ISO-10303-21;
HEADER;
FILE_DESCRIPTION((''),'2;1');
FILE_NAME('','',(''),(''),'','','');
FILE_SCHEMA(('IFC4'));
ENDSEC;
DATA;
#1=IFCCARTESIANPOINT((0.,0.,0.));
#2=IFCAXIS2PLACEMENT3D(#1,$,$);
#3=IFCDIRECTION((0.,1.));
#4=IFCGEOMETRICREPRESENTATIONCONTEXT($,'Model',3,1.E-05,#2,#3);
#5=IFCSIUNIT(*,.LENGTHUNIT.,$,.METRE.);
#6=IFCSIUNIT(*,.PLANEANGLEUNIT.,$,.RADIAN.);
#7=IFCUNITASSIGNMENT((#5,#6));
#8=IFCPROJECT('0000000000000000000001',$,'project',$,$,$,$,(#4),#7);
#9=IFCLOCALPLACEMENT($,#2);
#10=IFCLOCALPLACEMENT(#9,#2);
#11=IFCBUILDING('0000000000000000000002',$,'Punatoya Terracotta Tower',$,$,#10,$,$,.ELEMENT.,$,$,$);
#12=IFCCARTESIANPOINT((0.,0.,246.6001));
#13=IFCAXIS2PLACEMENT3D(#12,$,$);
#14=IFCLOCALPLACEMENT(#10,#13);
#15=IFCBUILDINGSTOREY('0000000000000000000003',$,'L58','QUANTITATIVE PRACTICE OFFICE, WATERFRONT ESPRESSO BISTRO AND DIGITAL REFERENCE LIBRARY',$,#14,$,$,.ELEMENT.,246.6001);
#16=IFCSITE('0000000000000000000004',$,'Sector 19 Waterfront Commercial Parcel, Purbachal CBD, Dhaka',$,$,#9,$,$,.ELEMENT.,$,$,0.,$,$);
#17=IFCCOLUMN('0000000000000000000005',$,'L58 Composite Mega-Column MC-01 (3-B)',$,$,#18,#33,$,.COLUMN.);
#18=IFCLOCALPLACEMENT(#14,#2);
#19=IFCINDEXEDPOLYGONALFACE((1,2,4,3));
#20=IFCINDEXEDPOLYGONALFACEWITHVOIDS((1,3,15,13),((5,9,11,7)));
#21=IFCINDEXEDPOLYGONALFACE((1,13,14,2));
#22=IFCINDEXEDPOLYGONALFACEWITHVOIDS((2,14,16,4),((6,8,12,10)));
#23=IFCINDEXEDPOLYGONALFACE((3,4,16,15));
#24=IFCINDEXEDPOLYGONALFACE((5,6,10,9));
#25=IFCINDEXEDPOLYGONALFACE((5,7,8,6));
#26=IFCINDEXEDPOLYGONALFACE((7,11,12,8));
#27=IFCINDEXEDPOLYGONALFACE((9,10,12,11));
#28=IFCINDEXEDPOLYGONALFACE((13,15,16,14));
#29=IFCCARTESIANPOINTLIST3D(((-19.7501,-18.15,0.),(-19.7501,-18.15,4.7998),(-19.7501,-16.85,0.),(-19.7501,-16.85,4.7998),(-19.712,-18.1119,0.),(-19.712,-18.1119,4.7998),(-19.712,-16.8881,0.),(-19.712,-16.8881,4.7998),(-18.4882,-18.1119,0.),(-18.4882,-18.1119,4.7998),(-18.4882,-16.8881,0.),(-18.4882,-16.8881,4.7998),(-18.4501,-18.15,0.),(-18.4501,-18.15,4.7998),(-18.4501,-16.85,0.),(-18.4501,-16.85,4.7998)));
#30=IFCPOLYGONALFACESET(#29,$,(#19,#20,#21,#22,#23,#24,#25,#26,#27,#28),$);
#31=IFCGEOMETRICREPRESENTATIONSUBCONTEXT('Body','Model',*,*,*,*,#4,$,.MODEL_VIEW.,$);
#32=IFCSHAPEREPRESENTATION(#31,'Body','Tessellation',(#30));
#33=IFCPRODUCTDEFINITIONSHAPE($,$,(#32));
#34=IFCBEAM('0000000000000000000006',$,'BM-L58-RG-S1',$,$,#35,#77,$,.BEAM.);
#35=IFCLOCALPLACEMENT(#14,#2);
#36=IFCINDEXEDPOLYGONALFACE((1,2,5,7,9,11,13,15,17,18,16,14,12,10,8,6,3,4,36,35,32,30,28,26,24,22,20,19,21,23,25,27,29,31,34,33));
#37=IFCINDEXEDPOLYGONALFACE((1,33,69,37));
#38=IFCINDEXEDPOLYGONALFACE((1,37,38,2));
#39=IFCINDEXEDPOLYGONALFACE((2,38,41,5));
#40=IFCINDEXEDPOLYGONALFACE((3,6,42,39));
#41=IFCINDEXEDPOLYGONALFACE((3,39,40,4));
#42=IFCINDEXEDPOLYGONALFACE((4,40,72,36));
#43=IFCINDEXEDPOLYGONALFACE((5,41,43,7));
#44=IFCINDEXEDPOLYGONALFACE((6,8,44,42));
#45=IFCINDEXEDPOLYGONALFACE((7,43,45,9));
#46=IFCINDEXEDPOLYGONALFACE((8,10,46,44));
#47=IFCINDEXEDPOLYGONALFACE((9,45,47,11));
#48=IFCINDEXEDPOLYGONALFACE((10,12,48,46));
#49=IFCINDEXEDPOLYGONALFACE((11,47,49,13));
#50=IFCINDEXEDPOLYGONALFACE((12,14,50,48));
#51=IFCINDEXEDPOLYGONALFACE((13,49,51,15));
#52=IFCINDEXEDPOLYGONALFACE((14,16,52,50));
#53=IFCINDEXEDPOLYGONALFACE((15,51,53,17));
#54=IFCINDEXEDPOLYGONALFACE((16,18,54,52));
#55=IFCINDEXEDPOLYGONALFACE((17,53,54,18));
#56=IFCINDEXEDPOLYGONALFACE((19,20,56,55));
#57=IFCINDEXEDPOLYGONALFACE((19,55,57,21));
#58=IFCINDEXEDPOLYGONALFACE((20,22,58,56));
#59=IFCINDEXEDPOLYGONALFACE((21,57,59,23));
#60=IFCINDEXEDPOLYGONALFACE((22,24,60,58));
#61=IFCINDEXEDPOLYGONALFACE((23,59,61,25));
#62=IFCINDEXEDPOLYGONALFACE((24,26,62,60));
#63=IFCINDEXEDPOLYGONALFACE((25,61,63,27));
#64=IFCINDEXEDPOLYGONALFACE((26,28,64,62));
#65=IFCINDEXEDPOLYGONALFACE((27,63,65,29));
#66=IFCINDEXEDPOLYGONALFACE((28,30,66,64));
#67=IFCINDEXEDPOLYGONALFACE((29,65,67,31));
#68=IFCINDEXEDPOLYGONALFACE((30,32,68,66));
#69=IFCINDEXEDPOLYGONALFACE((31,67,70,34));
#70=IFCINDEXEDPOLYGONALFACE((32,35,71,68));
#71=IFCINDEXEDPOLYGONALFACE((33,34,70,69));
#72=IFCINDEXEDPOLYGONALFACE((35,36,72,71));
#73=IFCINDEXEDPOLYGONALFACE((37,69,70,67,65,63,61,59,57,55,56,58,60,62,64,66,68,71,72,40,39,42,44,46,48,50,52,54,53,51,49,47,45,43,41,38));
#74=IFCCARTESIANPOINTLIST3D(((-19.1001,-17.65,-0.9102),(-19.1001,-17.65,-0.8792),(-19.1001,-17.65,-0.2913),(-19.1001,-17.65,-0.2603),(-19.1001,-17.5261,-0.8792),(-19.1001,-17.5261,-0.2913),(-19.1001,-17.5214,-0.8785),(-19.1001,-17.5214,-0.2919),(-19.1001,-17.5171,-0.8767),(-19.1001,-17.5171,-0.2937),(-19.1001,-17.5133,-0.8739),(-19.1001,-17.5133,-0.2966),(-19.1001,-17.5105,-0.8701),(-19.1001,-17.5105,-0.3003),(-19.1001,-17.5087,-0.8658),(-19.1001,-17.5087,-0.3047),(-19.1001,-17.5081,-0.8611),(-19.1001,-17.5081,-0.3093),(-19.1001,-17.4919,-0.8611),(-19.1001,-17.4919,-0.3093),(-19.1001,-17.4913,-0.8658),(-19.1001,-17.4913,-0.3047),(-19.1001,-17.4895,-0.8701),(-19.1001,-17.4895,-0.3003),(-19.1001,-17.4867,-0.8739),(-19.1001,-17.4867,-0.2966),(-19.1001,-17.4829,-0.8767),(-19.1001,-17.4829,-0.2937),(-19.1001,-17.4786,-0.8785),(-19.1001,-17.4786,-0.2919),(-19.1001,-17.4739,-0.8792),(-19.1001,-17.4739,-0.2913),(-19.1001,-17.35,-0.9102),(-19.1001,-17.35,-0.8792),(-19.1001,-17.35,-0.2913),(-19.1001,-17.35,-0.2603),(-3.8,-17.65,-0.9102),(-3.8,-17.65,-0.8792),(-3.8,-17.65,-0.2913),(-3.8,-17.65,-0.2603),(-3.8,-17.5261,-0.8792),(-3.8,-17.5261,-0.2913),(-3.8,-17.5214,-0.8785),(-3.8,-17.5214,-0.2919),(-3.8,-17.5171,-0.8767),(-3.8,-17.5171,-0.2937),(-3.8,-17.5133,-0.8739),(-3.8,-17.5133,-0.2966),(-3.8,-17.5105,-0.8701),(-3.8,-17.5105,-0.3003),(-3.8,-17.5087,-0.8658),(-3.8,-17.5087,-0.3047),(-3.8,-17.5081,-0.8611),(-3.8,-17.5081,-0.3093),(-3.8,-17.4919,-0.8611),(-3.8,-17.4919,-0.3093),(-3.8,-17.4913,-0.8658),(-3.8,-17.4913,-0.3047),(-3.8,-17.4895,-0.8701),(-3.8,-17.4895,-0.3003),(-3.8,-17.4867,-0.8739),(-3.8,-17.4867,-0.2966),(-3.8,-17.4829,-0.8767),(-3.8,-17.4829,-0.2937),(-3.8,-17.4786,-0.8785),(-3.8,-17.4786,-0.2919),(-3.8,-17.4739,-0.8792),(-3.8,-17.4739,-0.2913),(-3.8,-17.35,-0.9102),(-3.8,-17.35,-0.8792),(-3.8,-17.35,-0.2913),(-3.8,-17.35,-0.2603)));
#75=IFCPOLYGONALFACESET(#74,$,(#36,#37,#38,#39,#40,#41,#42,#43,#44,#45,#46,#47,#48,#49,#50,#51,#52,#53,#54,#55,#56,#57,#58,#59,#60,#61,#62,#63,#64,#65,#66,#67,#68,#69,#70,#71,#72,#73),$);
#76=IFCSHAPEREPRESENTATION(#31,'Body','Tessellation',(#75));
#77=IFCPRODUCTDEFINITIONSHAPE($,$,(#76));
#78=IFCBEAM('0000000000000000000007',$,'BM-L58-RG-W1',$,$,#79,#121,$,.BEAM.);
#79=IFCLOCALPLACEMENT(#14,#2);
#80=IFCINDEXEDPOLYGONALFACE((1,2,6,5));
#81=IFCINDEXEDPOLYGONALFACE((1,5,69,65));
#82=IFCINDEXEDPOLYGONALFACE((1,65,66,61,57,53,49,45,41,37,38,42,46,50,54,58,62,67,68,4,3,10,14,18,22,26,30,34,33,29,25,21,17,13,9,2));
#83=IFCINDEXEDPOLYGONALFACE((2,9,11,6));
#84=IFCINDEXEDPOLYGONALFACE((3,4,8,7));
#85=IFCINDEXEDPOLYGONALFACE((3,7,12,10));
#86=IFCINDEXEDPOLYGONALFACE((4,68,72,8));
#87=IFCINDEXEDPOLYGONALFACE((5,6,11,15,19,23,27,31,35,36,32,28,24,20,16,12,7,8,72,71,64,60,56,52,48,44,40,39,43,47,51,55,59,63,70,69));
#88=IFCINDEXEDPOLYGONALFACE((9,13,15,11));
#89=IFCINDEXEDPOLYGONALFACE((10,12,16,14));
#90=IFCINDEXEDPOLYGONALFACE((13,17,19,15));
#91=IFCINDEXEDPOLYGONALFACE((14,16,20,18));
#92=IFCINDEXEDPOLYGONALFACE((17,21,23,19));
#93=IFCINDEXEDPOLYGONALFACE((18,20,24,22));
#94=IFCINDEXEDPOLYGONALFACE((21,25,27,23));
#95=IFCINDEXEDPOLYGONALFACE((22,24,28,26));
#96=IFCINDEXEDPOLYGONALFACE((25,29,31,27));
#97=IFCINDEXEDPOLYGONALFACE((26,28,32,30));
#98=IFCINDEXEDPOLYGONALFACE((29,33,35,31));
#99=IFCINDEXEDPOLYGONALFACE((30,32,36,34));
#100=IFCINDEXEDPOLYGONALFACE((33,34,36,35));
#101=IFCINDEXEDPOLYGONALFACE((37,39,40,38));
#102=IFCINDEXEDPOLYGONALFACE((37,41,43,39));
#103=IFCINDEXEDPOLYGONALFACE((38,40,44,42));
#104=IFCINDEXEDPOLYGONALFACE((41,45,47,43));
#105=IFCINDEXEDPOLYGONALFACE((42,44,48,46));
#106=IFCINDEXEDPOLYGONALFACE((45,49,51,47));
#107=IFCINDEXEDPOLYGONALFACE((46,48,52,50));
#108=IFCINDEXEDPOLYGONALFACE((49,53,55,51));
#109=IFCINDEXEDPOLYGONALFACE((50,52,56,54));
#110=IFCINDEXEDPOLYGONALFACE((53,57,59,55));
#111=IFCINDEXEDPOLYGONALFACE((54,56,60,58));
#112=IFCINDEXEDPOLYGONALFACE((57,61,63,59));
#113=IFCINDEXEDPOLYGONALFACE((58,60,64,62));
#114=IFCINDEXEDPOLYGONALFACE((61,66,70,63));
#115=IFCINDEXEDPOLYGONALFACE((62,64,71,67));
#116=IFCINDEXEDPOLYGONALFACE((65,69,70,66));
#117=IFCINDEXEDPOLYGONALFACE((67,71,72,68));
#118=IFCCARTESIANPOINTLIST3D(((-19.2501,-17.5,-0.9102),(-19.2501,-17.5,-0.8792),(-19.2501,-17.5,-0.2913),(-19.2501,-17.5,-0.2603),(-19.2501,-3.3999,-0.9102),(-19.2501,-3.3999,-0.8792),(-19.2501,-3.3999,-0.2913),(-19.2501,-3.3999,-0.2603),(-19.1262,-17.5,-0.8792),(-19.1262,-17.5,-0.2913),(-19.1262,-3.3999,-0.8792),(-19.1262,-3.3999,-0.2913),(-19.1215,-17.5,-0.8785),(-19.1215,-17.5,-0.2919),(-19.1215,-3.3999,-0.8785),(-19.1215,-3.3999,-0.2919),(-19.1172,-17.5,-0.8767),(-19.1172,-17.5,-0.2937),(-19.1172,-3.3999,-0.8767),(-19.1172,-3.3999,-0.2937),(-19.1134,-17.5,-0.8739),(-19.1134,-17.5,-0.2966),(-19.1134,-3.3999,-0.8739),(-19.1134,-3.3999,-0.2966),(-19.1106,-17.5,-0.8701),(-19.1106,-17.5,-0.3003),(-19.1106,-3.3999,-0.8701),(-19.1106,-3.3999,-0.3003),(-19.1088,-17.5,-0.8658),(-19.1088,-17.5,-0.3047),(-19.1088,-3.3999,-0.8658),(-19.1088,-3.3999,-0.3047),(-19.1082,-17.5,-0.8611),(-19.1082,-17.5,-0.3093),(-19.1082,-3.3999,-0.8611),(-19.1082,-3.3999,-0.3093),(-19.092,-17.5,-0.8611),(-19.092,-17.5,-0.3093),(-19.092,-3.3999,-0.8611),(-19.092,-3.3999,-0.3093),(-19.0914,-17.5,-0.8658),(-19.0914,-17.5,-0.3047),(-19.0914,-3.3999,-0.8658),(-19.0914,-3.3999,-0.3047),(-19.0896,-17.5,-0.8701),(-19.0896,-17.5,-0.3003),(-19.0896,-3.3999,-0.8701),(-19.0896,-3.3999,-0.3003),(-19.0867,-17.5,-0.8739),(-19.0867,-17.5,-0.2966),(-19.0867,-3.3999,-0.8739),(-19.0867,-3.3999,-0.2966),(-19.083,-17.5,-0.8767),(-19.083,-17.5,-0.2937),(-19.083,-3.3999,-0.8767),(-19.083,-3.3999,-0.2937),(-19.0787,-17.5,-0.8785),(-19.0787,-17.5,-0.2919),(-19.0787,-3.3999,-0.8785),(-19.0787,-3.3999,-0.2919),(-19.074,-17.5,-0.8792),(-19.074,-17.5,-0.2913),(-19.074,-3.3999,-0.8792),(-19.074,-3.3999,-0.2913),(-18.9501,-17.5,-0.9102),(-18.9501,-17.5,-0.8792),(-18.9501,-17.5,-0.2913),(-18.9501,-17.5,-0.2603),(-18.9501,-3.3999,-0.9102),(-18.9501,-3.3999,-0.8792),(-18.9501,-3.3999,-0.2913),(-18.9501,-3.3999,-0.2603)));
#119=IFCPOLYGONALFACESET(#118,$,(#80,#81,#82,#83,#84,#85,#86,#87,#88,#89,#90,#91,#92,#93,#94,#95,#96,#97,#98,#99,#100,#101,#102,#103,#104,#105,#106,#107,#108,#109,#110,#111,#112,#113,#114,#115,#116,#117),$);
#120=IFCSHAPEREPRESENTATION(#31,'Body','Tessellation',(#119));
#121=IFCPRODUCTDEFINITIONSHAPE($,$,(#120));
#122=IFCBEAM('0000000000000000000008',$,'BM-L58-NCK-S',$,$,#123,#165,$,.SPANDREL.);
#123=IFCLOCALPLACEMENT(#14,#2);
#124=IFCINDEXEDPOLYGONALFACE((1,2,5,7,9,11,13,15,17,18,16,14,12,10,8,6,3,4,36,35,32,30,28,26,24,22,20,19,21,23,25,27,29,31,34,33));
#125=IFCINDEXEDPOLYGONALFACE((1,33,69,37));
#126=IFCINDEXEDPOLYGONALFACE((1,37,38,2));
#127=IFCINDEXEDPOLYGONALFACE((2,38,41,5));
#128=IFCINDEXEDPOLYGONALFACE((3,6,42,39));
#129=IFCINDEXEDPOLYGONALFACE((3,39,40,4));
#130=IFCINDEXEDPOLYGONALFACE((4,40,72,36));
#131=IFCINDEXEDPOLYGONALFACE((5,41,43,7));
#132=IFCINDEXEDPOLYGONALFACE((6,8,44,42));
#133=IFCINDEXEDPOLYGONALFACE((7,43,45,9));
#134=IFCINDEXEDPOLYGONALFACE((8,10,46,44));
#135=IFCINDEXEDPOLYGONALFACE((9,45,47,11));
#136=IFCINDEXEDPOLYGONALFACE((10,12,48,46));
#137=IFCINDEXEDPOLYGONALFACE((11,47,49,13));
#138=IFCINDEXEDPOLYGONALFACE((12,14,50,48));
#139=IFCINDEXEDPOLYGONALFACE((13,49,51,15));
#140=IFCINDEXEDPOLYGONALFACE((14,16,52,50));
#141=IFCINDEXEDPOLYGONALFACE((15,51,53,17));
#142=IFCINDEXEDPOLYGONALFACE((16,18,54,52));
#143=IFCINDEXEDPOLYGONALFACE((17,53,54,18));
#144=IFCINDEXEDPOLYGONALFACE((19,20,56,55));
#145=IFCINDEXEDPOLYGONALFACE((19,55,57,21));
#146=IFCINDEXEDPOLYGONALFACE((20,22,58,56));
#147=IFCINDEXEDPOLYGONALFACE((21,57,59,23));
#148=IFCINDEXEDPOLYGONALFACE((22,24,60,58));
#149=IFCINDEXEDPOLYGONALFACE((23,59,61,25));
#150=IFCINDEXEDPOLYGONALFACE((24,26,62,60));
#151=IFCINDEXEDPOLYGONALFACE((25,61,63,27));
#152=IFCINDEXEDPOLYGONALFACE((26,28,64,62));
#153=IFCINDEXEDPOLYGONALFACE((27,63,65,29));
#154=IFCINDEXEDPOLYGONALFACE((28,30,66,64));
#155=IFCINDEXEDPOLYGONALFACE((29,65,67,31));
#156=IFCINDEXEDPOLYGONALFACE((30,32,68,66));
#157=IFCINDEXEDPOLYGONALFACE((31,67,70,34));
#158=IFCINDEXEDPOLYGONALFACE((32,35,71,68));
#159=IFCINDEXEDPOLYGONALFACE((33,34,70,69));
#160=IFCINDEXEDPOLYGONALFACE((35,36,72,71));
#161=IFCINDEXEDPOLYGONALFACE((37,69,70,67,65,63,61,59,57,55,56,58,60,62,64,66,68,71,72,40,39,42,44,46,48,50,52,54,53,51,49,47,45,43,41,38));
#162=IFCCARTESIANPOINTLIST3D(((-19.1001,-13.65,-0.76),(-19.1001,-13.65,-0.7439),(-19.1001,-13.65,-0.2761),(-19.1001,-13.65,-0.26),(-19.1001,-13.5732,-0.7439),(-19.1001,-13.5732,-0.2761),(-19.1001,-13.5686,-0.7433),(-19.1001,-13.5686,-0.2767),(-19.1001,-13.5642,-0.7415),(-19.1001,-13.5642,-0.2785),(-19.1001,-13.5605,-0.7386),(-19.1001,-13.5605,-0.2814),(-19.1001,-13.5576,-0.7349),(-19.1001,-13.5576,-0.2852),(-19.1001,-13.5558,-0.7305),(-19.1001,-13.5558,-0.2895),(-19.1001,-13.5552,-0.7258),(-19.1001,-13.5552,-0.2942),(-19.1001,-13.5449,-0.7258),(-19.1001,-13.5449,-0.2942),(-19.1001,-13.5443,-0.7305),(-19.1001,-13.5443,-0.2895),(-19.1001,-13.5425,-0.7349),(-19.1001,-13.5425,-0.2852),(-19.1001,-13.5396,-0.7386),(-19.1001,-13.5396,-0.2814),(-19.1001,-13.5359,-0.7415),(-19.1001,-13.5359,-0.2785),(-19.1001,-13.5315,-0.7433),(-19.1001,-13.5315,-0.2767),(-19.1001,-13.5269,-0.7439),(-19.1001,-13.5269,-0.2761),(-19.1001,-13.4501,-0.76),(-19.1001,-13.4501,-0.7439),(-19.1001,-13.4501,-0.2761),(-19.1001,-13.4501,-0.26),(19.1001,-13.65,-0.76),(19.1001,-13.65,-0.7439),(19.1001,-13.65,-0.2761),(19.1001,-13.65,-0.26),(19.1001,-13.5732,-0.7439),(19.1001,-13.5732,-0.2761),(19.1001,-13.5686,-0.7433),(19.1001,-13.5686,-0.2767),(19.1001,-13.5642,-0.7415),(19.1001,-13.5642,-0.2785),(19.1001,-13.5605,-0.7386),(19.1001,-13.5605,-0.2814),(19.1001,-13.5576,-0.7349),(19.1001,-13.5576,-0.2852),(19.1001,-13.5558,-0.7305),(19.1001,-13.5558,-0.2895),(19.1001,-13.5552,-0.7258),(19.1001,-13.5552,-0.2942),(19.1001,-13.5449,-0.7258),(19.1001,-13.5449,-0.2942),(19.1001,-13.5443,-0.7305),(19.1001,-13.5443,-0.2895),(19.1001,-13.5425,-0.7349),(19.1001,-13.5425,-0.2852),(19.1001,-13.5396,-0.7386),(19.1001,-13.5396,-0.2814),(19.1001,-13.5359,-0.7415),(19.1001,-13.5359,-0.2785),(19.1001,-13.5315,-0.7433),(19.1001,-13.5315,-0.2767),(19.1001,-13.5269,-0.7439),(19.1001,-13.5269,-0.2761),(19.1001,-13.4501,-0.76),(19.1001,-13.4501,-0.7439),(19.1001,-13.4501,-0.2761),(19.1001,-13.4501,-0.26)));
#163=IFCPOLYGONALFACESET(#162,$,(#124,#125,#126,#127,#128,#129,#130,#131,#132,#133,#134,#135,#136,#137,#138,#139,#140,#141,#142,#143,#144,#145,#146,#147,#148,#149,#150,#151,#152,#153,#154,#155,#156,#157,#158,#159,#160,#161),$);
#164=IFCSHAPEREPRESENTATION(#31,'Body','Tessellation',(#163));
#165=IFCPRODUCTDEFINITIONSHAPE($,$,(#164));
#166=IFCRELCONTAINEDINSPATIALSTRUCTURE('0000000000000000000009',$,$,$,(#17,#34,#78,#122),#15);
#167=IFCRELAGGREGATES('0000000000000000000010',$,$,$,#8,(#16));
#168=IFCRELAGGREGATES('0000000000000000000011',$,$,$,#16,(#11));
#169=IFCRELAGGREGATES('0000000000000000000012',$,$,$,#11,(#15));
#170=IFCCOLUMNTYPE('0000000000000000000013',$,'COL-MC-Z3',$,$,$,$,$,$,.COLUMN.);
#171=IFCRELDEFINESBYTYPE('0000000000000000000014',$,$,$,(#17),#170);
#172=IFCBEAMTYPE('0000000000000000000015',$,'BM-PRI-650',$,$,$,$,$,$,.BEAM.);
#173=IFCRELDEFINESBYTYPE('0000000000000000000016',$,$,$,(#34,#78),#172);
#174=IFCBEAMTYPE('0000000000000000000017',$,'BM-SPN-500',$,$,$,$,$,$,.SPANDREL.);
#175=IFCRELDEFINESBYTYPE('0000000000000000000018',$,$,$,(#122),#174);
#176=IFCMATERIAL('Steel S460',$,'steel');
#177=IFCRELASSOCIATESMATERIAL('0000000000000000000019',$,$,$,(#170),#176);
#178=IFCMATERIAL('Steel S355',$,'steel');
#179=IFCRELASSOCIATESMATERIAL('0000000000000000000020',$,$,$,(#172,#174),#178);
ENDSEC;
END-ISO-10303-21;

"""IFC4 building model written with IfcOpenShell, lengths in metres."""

from ifc_helpers import new_model, si_unit, direction, frame, origin, origin_2d, place, context, subcontext, project, spatial, hollow_rectangle, i_section, extrude, material, material_profile, profile_set, type_object, element, save


model = new_model("IFC4")

# Units and contexts
model_context = context("Model", 3, precision=1e-05, world=origin(), true_north=direction((0.0, 1.0)))
body_context = subcontext(model_context, "Body", "Model", "MODEL_VIEW")
ifc_project = project(units=[si_unit("LENGTHUNIT", "METRE"), si_unit("PLANEANGLEUNIT", "RADIAN")], contexts=[model_context])

# Site, building, storey
site_placement = place(None, origin())
site = spatial("IfcSite", under=ifc_project, at=site_placement, Name="Sector 19 Waterfront Commercial Parcel, Purbachal CBD, Dhaka", CompositionType="ELEMENT", RefElevation=0.0)
building_placement = place(site_placement, origin())
building = spatial("IfcBuilding", under=site, at=building_placement, Name="Punatoya Terracotta Tower", CompositionType="ELEMENT")
storey_placement = place(building_placement, frame((0.0, 0.0, 246.6001)))
storey = spatial("IfcBuildingStorey", under=building, at=storey_placement, Name="L58", Description="QUANTITATIVE PRACTICE OFFICE, WATERFRONT ESPRESSO BISTRO AND DIGITAL REFERENCE LIBRARY", CompositionType="ELEMENT", Elevation=246.6001)

# Column
ifc_material_1 = material(Name="Steel S460", Category="steel")
ifc_material_profile_1 = material_profile(ifc_material_1, hollow_rectangle(XDim=1.3, YDim=1.3, WallThickness=0.0381, at=origin_2d()))
ifc_profile_set_1 = profile_set([ifc_material_profile_1], Name="Steel S460")
column_type = type_object("IfcColumnType", Name="COL-MC-Z3", PredefinedType="COLUMN", material=ifc_profile_set_1)
column_placement = place(storey_placement, frame((-19.1001, -17.5, 0.0), z_axis=(0.0, 0.0, 1.0), x_axis=(1.0, 0.0, 0.0)))
element("IfcColumn", 1, at=column_placement, inside=storey, type_object=column_type, Name="L58 Composite Mega-Column MC-01 (3-B)", PredefinedType="COLUMN", context=body_context, shape_type="SweptSolid", body=[
    extrude(hollow_rectangle(XDim=1.3, YDim=1.3, WallThickness=0.0381, at=origin_2d()), origin(), (0.0, 0.0, 1.0), 4.7998),
])

# Beams
ifc_material_2 = material(Name="Steel S355", Category="steel")
ifc_material_profile_2 = material_profile(ifc_material_2, i_section(OverallWidth=0.3, OverallDepth=0.6499, WebThickness=0.0161, FlangeThickness=0.031, FilletRadius=0.0181, at=origin_2d()))
ifc_profile_set_2 = profile_set([ifc_material_profile_2], Name="Steel S355")
beam_type_1 = type_object("IfcBeamType", Name="BM-PRI-650", PredefinedType="BEAM", material=ifc_profile_set_2)
beam_1_placement = place(storey_placement, frame((-19.1001, -17.5, -0.5852), z_axis=(1.0, 0.0, 0.0), x_axis=(0.0, 1.0, 0.0)))
element("IfcBeam", 2, at=beam_1_placement, inside=storey, type_object=beam_type_1, Name="BM-L58-RG-S1", PredefinedType="BEAM", context=body_context, shape_type="SweptSolid", body=[
    extrude(i_section(OverallWidth=0.3, OverallDepth=0.6499, WebThickness=0.0161, FlangeThickness=0.031, FilletRadius=0.0181, at=origin_2d()), origin(), (0.0, 0.0, 1.0), 15.3),
])
beam_2_placement = place(storey_placement, frame((-19.1001, -17.5, -0.5852), z_axis=(0.0, 1.0, 0.0), x_axis=(-1.0, 0.0, 0.0)))
element("IfcBeam", 3, at=beam_2_placement, inside=storey, type_object=beam_type_1, Name="BM-L58-RG-W1", PredefinedType="BEAM", context=body_context, shape_type="SweptSolid", body=[
    extrude(i_section(OverallWidth=0.3, OverallDepth=0.6499, WebThickness=0.0161, FlangeThickness=0.031, FilletRadius=0.0181, at=origin_2d()), origin(), (0.0, 0.0, 1.0), 14.1001),
])
ifc_material_profile_3 = material_profile(ifc_material_2, i_section(OverallWidth=0.2, OverallDepth=0.5, WebThickness=0.0103, FlangeThickness=0.0161, FilletRadius=0.0181, at=origin_2d()))
ifc_profile_set_3 = profile_set([ifc_material_profile_3], Name="Steel S355")
beam_type_2 = type_object("IfcBeamType", Name="BM-SPN-500", PredefinedType="SPANDREL", material=ifc_profile_set_3)
beam_3_placement = place(storey_placement, frame((-19.1001, -13.55, -0.51), z_axis=(1.0, 0.0, 0.0), x_axis=(0.0, 1.0, 0.0)))
element("IfcBeam", 4, at=beam_3_placement, inside=storey, type_object=beam_type_2, Name="BM-L58-NCK-S", PredefinedType="SPANDREL", context=body_context, shape_type="SweptSolid", body=[
    extrude(i_section(OverallWidth=0.2, OverallDepth=0.5, WebThickness=0.0103, FlangeThickness=0.0161, FilletRadius=0.0181, at=origin_2d()), origin(), (0.0, 0.0, 1.0), 38.2002),
])

save(model, "model.ifc")
